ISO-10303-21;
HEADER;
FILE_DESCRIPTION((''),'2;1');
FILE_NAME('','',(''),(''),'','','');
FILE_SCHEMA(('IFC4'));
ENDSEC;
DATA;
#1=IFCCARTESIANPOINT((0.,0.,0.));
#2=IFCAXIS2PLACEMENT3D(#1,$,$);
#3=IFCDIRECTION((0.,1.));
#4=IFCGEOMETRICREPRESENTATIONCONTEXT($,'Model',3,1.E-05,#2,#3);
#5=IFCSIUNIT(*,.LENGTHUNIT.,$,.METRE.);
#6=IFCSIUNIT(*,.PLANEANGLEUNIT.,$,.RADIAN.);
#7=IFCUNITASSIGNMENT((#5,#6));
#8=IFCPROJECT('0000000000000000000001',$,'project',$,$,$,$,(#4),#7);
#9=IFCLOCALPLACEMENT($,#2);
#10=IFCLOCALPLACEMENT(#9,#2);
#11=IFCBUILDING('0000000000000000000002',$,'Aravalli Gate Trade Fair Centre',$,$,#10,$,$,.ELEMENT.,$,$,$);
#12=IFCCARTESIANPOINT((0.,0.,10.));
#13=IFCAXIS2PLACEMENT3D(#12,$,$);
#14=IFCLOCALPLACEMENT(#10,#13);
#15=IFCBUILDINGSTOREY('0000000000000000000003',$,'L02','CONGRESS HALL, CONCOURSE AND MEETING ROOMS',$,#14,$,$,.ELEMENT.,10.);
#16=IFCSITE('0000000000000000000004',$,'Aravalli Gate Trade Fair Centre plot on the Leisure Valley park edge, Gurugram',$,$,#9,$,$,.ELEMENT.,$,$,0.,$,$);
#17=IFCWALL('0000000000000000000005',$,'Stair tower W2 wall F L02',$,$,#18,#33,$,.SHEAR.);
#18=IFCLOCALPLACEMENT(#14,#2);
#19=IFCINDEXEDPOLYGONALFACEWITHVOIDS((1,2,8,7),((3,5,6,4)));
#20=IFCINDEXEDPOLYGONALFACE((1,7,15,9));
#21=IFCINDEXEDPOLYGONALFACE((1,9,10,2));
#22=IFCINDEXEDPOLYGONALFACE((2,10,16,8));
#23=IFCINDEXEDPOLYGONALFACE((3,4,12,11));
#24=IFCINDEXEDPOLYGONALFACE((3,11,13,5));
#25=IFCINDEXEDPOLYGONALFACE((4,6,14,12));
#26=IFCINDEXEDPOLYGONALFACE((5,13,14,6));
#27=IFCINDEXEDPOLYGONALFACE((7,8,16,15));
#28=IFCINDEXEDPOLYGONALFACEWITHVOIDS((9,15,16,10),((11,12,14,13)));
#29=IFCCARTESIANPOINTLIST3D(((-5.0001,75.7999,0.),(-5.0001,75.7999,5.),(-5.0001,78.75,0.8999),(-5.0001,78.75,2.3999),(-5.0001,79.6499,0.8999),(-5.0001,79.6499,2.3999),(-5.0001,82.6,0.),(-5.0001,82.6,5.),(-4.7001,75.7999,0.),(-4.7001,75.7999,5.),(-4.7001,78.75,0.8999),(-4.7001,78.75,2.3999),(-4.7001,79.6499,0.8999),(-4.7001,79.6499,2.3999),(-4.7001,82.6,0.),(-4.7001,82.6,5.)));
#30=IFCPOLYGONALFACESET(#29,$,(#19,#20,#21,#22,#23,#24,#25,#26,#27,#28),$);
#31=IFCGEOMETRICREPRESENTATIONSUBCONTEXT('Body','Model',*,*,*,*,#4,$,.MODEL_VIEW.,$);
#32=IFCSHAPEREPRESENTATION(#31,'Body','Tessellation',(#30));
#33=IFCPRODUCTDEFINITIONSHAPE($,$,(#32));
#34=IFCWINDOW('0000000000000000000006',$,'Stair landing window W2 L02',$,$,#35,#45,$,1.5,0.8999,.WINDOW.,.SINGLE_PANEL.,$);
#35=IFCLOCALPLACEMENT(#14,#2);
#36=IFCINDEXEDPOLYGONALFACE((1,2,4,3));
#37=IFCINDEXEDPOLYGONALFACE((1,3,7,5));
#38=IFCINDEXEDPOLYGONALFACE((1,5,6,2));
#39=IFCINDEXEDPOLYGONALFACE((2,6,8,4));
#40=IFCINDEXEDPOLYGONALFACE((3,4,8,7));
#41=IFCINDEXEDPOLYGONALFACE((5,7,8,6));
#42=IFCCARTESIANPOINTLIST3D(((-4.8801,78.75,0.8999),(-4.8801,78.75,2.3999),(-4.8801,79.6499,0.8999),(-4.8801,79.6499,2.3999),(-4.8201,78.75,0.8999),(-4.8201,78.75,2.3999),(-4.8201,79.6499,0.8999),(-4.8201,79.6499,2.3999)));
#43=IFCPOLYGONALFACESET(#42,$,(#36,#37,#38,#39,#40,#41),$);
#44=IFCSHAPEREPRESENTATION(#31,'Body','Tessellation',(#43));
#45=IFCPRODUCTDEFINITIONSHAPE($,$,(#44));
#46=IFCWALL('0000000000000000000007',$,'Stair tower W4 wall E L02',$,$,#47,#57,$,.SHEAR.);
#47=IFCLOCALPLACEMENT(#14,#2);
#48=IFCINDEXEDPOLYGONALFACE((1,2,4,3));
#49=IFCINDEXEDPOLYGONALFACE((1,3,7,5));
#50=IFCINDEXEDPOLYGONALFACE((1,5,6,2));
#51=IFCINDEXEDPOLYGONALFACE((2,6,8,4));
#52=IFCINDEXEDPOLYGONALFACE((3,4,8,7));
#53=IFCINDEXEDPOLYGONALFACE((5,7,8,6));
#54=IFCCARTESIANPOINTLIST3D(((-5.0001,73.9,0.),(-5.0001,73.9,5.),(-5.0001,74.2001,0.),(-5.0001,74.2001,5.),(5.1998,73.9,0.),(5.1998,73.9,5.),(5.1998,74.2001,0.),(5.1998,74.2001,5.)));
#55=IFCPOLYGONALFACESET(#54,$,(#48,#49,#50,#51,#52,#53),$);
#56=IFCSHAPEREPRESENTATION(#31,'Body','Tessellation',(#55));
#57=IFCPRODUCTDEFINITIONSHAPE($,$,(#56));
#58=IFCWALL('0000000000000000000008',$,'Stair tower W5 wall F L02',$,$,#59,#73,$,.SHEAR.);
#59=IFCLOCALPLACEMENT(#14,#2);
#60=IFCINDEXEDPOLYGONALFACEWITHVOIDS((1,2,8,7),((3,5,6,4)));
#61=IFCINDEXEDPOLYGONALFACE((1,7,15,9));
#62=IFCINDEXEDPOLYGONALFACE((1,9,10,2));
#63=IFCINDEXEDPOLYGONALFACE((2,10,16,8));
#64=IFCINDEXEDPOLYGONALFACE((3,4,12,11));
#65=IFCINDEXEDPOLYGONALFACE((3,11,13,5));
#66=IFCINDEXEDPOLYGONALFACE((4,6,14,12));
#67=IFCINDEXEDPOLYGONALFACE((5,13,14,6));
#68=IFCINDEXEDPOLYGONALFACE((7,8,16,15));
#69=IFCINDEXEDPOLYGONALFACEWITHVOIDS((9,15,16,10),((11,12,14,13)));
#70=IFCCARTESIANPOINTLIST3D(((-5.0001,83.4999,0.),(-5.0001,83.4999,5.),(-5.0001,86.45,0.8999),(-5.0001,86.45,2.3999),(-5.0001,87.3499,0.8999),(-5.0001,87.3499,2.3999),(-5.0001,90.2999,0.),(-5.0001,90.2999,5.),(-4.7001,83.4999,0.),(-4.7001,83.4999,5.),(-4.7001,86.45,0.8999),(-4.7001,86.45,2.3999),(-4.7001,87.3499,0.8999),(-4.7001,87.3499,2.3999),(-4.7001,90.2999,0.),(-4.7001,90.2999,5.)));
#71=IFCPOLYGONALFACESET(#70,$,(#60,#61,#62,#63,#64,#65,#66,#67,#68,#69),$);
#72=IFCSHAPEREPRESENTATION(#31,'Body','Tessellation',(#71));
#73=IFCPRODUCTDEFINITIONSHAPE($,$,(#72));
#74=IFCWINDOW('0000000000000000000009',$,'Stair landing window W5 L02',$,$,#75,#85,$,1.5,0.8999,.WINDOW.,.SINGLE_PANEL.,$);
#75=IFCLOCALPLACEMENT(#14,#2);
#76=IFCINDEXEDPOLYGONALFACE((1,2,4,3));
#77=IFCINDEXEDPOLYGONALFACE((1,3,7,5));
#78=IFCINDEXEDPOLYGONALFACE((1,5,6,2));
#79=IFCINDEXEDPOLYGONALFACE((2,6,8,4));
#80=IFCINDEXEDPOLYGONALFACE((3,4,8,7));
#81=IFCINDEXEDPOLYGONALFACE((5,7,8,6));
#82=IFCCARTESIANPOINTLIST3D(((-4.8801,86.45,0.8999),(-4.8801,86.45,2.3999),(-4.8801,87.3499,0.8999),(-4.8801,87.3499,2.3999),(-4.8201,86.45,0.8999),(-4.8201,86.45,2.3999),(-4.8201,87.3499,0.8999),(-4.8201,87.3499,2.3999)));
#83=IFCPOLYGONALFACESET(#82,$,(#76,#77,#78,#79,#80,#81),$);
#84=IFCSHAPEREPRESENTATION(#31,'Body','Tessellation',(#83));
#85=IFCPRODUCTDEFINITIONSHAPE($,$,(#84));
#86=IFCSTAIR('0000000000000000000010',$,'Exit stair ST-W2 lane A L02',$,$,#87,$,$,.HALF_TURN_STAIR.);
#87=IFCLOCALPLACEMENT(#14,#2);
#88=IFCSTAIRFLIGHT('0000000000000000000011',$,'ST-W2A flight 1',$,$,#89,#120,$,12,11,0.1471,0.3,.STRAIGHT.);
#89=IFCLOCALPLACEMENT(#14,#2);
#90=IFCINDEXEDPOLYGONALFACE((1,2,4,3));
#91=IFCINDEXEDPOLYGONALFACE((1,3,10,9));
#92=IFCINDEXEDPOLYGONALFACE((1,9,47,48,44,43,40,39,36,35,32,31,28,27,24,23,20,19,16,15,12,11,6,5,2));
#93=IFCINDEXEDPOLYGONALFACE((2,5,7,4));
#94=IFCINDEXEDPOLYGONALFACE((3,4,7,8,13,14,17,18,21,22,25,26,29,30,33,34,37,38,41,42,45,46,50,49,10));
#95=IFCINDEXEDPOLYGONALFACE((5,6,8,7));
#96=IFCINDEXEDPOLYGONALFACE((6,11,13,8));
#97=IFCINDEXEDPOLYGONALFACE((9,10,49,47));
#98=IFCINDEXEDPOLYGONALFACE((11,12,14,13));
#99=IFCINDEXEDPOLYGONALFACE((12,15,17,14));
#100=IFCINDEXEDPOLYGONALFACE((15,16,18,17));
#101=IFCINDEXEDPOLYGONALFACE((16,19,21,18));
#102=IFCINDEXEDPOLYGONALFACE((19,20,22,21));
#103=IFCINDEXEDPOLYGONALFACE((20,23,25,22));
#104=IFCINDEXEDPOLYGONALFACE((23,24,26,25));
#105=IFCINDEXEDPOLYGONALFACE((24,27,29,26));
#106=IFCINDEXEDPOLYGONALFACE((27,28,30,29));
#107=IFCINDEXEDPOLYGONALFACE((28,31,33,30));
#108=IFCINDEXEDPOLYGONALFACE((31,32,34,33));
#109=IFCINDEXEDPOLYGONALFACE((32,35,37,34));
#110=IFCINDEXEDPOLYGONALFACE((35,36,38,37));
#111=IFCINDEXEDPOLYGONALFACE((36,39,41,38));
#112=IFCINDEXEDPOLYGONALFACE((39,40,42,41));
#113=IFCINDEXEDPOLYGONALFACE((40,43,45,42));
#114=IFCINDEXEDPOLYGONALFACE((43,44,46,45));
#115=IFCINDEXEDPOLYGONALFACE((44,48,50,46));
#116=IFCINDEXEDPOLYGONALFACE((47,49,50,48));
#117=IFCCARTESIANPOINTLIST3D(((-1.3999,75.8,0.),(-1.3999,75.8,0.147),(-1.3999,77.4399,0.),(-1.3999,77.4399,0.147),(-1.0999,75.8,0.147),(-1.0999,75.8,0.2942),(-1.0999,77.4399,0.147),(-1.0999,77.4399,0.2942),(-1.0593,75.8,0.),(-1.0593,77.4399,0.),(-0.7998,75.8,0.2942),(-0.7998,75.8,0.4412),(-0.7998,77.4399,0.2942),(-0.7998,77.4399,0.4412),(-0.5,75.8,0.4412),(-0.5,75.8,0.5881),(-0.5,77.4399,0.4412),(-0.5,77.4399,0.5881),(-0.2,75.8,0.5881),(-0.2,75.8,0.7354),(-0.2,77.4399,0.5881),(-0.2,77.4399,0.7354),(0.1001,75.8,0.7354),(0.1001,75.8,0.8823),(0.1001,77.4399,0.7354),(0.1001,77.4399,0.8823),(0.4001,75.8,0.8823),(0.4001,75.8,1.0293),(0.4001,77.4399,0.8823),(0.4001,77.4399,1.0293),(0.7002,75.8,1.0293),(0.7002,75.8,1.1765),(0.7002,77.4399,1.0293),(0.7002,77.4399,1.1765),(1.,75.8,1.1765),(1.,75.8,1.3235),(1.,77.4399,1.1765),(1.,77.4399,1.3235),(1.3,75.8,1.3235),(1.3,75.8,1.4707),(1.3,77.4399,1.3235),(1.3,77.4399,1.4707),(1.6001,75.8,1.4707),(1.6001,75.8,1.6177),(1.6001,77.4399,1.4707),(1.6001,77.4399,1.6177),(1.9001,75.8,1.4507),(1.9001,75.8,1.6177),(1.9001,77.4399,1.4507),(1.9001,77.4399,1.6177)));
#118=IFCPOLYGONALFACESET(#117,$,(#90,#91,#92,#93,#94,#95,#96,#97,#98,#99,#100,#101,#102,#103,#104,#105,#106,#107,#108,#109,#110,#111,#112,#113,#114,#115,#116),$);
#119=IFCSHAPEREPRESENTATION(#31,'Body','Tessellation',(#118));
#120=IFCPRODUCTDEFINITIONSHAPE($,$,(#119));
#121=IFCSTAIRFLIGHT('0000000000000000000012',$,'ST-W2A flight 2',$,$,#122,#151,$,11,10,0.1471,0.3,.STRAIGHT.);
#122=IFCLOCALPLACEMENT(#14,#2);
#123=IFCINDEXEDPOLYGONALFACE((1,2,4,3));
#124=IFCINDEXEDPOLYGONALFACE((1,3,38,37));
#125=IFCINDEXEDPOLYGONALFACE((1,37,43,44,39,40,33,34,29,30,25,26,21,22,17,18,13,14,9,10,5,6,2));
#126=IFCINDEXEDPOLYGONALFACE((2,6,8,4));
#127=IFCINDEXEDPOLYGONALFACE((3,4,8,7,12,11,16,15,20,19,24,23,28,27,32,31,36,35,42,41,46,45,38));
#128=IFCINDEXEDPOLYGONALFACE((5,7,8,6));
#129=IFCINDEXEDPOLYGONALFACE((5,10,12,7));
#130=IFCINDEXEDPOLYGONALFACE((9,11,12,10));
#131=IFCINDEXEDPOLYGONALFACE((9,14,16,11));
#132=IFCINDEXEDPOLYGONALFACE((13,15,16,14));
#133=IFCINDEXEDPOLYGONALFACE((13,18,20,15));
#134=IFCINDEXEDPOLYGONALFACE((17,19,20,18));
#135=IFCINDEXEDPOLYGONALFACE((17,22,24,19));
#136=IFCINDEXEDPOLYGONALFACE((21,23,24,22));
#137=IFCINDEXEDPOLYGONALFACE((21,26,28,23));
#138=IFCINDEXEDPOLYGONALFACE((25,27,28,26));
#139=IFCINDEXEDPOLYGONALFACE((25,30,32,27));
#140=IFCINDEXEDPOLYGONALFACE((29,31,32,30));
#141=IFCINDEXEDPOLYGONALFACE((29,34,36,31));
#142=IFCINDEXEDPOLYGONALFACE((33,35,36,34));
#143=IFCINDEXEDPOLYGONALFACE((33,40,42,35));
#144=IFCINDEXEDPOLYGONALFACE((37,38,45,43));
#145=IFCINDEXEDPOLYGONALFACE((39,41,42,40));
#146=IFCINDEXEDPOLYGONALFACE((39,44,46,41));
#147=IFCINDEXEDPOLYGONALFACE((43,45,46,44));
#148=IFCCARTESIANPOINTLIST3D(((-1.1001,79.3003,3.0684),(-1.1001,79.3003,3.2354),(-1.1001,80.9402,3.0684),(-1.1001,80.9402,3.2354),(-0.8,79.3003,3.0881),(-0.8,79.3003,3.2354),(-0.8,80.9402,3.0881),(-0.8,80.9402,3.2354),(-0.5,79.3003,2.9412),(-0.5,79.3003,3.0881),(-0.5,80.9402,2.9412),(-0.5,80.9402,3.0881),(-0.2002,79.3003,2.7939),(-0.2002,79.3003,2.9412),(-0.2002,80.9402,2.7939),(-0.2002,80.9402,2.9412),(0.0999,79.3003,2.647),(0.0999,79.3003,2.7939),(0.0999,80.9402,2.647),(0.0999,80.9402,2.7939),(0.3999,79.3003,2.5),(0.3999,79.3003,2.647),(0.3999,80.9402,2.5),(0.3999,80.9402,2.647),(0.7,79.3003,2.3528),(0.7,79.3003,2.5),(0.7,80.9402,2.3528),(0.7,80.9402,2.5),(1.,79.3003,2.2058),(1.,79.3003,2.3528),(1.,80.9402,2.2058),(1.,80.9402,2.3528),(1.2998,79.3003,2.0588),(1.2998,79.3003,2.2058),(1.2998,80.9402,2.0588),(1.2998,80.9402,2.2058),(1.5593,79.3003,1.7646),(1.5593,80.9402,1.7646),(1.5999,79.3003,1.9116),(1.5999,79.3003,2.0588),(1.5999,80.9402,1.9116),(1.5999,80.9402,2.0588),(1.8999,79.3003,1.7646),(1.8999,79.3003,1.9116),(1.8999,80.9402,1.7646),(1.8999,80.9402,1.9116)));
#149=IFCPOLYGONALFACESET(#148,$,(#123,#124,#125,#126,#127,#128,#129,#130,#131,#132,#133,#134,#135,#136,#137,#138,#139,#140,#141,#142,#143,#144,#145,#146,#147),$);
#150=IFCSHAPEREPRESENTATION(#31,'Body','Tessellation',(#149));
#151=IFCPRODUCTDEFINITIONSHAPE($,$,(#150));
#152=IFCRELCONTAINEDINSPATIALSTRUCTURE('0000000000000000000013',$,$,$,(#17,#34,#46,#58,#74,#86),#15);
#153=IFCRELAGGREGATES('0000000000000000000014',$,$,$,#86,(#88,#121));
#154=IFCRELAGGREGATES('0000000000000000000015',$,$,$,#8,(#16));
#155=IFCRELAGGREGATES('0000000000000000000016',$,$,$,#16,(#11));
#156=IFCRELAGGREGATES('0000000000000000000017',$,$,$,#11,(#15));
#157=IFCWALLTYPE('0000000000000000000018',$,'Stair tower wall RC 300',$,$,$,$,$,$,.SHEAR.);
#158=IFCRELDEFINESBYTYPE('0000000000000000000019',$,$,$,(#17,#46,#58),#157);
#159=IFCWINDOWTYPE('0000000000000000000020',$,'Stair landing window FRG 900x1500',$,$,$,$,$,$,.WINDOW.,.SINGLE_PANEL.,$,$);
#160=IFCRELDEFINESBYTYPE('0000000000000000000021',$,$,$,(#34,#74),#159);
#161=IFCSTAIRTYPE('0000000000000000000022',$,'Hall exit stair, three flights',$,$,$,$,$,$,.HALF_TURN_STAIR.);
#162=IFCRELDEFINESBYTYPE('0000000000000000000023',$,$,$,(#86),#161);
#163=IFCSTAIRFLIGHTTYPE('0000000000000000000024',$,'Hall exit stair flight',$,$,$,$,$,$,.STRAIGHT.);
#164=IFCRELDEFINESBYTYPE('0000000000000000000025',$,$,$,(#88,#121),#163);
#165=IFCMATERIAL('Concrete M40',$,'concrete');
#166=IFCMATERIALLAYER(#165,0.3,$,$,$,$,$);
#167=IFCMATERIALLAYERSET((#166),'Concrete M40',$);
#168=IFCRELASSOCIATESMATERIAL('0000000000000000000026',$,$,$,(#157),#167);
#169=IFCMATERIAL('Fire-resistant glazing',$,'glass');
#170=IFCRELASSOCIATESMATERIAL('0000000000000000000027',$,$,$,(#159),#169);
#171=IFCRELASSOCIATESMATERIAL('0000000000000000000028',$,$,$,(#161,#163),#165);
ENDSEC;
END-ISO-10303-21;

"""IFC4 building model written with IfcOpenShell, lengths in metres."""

from ifc_helpers import new_model, si_unit, direction, frame, frame_2d, origin, place, context, subcontext, project, spatial, polyline, rectangle, outline, extrude, material, layer, layer_set, type_object, element, fill, aggregate, save


model = new_model("IFC4")

# Units and contexts
model_context = context("Model", 3, precision=1e-05, world=origin(), true_north=direction((0.0, 1.0)))
body_context = subcontext(model_context, "Body", "Model", "MODEL_VIEW")
ifc_project = project(units=[si_unit("LENGTHUNIT", "METRE"), si_unit("PLANEANGLEUNIT", "RADIAN")], contexts=[model_context])

# Site, building, storey
site_placement = place(None, origin())
site = spatial("IfcSite", under=ifc_project, at=site_placement, Name="Aravalli Gate Trade Fair Centre plot on the Leisure Valley park edge, Gurugram", CompositionType="ELEMENT", RefElevation=0.0)
building_placement = place(site_placement, origin())
building = spatial("IfcBuilding", under=site, at=building_placement, Name="Aravalli Gate Trade Fair Centre", CompositionType="ELEMENT")
storey_placement = place(building_placement, frame((0.0, 0.0, 10.0)))
storey = spatial("IfcBuildingStorey", under=building, at=storey_placement, Name="L02", Description="CONGRESS HALL, CONCOURSE AND MEETING ROOMS", CompositionType="ELEMENT", Elevation=10.0)

# Wall, opening, window
ifc_material_1 = material(Name="Concrete M40", Category="concrete")
ifc_layer = layer(ifc_material_1, 0.3)
ifc_layer_set = layer_set([ifc_layer], Name="Concrete M40")
wall_type = type_object("IfcWallType", Name="Stair tower wall RC 300", PredefinedType="SHEAR", material=ifc_layer_set)
wall_1_placement = place(storey_placement, frame((-4.8501, 75.8, 0.0), z_axis=(0.0, 0.0, 1.0), x_axis=(0.0, 1.0, 0.0)))
wall_1 = element("IfcWall", 1, at=wall_1_placement, inside=storey, type_object=wall_type, Name="Stair tower W2 wall F L02", PredefinedType="SHEAR", context=body_context, shape_type="SweptSolid", body=[
    extrude(rectangle(XDim=6.8, YDim=0.3, at=frame_2d((3.3999, 0.0))), origin(), (0.0, 0.0, 1.0), 5.0),
])
opening_1_placement = place(wall_1_placement, frame((2.95, 0.0, 0.8999)))
opening_1 = element("IfcOpeningElement", 2, at=opening_1_placement, cuts=wall_1, PredefinedType="OPENING", context=body_context, shape_type="SweptSolid", body=[
    extrude(rectangle(XDim=0.8999, YDim=1.5, at=frame_2d((0.45, 0.75))), frame((0.0, 0.1599, 0.0), z_axis=(0.0, -1.0, 0.0), x_axis=(1.0, 0.0, 0.0)), (0.0, 0.0, 1.0), 0.3201),
])
ifc_material_2 = material(Name="Fire-resistant glazing", Category="glass")
window_type = type_object("IfcWindowType", Name="Stair landing window FRG 900x1500", PartitioningType="SINGLE_PANEL", PredefinedType="WINDOW", material=ifc_material_2)
window_1_placement = place(opening_1_placement, origin())
window_1 = element("IfcWindow", 3, at=window_1_placement, inside=storey, type_object=window_type, Name="Stair landing window W2 L02", OverallHeight=1.5, OverallWidth=0.8999, PartitioningType="SINGLE_PANEL", PredefinedType="WINDOW", context=body_context, shape_type="SweptSolid", body=[
    extrude(rectangle(XDim=0.8999, YDim=1.5, at=frame_2d((0.45, 0.75))), frame((0.0, 0.03, 0.0), z_axis=(0.0, -1.0, 0.0), x_axis=(1.0, 0.0, 0.0)), (0.0, 0.0, 1.0), 0.0601),
])
fill(opening_1, window_1)

# Wall
wall_2_placement = place(storey_placement, frame((5.2, 74.05, 0.0), z_axis=(0.0, 0.0, 1.0), x_axis=(-1.0, 0.0, 0.0)))
element("IfcWall", 4, at=wall_2_placement, inside=storey, type_object=wall_type, Name="Stair tower W4 wall E L02", PredefinedType="SHEAR", context=body_context, shape_type="SweptSolid", body=[
    extrude(rectangle(XDim=10.2, YDim=0.3, at=frame_2d((5.1001, 0.0))), origin(), (0.0, 0.0, 1.0), 5.0),
])

# Wall, opening, window
wall_3_placement = place(storey_placement, frame((-4.8501, 83.5, 0.0), z_axis=(0.0, 0.0, 1.0), x_axis=(0.0, 1.0, 0.0)))
wall_3 = element("IfcWall", 5, at=wall_3_placement, inside=storey, type_object=wall_type, Name="Stair tower W5 wall F L02", PredefinedType="SHEAR", context=body_context, shape_type="SweptSolid", body=[
    extrude(rectangle(XDim=6.8, YDim=0.3, at=frame_2d((3.3999, 0.0))), origin(), (0.0, 0.0, 1.0), 5.0),
])
opening_2_placement = place(wall_3_placement, frame((2.95, 0.0, 0.8999)))
opening_2 = element("IfcOpeningElement", 6, at=opening_2_placement, cuts=wall_3, PredefinedType="OPENING", context=body_context, shape_type="SweptSolid", body=[
    extrude(rectangle(XDim=0.8999, YDim=1.5, at=frame_2d((0.45, 0.75))), frame((0.0, 0.1599, 0.0), z_axis=(0.0, -1.0, 0.0), x_axis=(1.0, 0.0, 0.0)), (0.0, 0.0, 1.0), 0.3201),
])
window_2_placement = place(opening_2_placement, origin())
window_2 = element("IfcWindow", 7, at=window_2_placement, inside=storey, type_object=window_type, Name="Stair landing window W5 L02", OverallHeight=1.5, OverallWidth=0.8999, PartitioningType="SINGLE_PANEL", PredefinedType="WINDOW", context=body_context, shape_type="SweptSolid", body=[
    extrude(rectangle(XDim=0.8999, YDim=1.5, at=frame_2d((0.45, 0.75))), frame((0.0, 0.03, 0.0), z_axis=(0.0, -1.0, 0.0), x_axis=(1.0, 0.0, 0.0)), (0.0, 0.0, 1.0), 0.0601),
])
fill(opening_2, window_2)

# Stair, stair flights
stair_type = type_object("IfcStairType", Name="Hall exit stair, three flights", PredefinedType="HALF_TURN_STAIR", material=ifc_material_1)
stair_1_placement = place(storey_placement, origin())
stair_1 = element("IfcStair", 8, at=stair_1_placement, inside=storey, type_object=stair_type, Name="Exit stair ST-W2 lane A L02", PredefinedType="HALF_TURN_STAIR")
stair_flight_type = type_object("IfcStairFlightType", Name="Hall exit stair flight", PredefinedType="STRAIGHT", material=ifc_material_1)
stair_flight_1_placement = place(storey_placement, frame((-1.3999, 76.6201, 0.0), z_axis=(0.0, 0.0, 1.0), x_axis=(1.0, 0.0, 0.0)))
stair_flight_1 = element("IfcStairFlight", 9, at=stair_flight_1_placement, type_object=stair_flight_type, Name="ST-W2A flight 1", NumberOfRisers=12, NumberOfTreads=11, PredefinedType="STRAIGHT", RiserHeight=0.1471, TreadLength=0.3, context=body_context, shape_type="SweptSolid", body=[
    extrude(outline(polyline([(0.0, 0.0), (0.0, 0.147), (0.3, 0.147), (0.3, 0.2942), (0.6001, 0.2942), (0.6001, 0.4412), (0.8999, 0.4412), (0.8999, 0.5881), (1.2, 0.5881), (1.2, 0.7354), (1.5, 0.7354), (1.5, 0.8823), (1.8, 0.8823), (1.8, 1.0293), (2.1001, 1.0293), (2.1001, 1.1765), (2.3999, 1.1765), (2.3999, 1.3235), (2.7, 1.3235), (2.7, 1.4707), (3.0, 1.4707), (3.0, 1.6177), (3.3, 1.6177), (3.3, 1.7646), (3.3, 1.4507), (0.3406, 0.0), (0.0, 0.0)])), frame((0.0, 0.8198, 0.0), z_axis=(0.0, -1.0, 0.0), x_axis=(1.0, 0.0, 0.0)), (0.0, 0.0, 1.0), 1.6399),
])
stair_flight_2_placement = place(storey_placement, frame((1.8999, 80.1201, 1.7646), z_axis=(0.0, 0.0, 1.0), x_axis=(-1.0, 0.0, 0.0)))
stair_flight_2 = element("IfcStairFlight", 10, at=stair_flight_2_placement, type_object=stair_flight_type, Name="ST-W2A flight 2", NumberOfRisers=11, NumberOfTreads=10, PredefinedType="STRAIGHT", RiserHeight=0.1471, TreadLength=0.3, context=body_context, shape_type="SweptSolid", body=[
    extrude(outline(polyline([(0.0, 0.0), (0.0, 0.147), (0.3, 0.147), (0.3, 0.2942), (0.6001, 0.2942), (0.6001, 0.4412), (0.8999, 0.4412), (0.8999, 0.5881), (1.2, 0.5881), (1.2, 0.7354), (1.5, 0.7354), (1.5, 0.8823), (1.8, 0.8823), (1.8, 1.0293), (2.1001, 1.0293), (2.1001, 1.1765), (2.3999, 1.1765), (2.3999, 1.3235), (2.7, 1.3235), (2.7, 1.4707), (3.0, 1.4707), (3.0, 1.6177), (3.0, 1.3037), (0.3406, 0.0), (0.0, 0.0)])), frame((0.0, 0.8198, 0.0), z_axis=(0.0, -1.0, 0.0), x_axis=(1.0, 0.0, 0.0)), (0.0, 0.0, 1.0), 1.6399),
])
aggregate(stair_1, [stair_flight_1, stair_flight_2])

save(model, "model.ifc")
